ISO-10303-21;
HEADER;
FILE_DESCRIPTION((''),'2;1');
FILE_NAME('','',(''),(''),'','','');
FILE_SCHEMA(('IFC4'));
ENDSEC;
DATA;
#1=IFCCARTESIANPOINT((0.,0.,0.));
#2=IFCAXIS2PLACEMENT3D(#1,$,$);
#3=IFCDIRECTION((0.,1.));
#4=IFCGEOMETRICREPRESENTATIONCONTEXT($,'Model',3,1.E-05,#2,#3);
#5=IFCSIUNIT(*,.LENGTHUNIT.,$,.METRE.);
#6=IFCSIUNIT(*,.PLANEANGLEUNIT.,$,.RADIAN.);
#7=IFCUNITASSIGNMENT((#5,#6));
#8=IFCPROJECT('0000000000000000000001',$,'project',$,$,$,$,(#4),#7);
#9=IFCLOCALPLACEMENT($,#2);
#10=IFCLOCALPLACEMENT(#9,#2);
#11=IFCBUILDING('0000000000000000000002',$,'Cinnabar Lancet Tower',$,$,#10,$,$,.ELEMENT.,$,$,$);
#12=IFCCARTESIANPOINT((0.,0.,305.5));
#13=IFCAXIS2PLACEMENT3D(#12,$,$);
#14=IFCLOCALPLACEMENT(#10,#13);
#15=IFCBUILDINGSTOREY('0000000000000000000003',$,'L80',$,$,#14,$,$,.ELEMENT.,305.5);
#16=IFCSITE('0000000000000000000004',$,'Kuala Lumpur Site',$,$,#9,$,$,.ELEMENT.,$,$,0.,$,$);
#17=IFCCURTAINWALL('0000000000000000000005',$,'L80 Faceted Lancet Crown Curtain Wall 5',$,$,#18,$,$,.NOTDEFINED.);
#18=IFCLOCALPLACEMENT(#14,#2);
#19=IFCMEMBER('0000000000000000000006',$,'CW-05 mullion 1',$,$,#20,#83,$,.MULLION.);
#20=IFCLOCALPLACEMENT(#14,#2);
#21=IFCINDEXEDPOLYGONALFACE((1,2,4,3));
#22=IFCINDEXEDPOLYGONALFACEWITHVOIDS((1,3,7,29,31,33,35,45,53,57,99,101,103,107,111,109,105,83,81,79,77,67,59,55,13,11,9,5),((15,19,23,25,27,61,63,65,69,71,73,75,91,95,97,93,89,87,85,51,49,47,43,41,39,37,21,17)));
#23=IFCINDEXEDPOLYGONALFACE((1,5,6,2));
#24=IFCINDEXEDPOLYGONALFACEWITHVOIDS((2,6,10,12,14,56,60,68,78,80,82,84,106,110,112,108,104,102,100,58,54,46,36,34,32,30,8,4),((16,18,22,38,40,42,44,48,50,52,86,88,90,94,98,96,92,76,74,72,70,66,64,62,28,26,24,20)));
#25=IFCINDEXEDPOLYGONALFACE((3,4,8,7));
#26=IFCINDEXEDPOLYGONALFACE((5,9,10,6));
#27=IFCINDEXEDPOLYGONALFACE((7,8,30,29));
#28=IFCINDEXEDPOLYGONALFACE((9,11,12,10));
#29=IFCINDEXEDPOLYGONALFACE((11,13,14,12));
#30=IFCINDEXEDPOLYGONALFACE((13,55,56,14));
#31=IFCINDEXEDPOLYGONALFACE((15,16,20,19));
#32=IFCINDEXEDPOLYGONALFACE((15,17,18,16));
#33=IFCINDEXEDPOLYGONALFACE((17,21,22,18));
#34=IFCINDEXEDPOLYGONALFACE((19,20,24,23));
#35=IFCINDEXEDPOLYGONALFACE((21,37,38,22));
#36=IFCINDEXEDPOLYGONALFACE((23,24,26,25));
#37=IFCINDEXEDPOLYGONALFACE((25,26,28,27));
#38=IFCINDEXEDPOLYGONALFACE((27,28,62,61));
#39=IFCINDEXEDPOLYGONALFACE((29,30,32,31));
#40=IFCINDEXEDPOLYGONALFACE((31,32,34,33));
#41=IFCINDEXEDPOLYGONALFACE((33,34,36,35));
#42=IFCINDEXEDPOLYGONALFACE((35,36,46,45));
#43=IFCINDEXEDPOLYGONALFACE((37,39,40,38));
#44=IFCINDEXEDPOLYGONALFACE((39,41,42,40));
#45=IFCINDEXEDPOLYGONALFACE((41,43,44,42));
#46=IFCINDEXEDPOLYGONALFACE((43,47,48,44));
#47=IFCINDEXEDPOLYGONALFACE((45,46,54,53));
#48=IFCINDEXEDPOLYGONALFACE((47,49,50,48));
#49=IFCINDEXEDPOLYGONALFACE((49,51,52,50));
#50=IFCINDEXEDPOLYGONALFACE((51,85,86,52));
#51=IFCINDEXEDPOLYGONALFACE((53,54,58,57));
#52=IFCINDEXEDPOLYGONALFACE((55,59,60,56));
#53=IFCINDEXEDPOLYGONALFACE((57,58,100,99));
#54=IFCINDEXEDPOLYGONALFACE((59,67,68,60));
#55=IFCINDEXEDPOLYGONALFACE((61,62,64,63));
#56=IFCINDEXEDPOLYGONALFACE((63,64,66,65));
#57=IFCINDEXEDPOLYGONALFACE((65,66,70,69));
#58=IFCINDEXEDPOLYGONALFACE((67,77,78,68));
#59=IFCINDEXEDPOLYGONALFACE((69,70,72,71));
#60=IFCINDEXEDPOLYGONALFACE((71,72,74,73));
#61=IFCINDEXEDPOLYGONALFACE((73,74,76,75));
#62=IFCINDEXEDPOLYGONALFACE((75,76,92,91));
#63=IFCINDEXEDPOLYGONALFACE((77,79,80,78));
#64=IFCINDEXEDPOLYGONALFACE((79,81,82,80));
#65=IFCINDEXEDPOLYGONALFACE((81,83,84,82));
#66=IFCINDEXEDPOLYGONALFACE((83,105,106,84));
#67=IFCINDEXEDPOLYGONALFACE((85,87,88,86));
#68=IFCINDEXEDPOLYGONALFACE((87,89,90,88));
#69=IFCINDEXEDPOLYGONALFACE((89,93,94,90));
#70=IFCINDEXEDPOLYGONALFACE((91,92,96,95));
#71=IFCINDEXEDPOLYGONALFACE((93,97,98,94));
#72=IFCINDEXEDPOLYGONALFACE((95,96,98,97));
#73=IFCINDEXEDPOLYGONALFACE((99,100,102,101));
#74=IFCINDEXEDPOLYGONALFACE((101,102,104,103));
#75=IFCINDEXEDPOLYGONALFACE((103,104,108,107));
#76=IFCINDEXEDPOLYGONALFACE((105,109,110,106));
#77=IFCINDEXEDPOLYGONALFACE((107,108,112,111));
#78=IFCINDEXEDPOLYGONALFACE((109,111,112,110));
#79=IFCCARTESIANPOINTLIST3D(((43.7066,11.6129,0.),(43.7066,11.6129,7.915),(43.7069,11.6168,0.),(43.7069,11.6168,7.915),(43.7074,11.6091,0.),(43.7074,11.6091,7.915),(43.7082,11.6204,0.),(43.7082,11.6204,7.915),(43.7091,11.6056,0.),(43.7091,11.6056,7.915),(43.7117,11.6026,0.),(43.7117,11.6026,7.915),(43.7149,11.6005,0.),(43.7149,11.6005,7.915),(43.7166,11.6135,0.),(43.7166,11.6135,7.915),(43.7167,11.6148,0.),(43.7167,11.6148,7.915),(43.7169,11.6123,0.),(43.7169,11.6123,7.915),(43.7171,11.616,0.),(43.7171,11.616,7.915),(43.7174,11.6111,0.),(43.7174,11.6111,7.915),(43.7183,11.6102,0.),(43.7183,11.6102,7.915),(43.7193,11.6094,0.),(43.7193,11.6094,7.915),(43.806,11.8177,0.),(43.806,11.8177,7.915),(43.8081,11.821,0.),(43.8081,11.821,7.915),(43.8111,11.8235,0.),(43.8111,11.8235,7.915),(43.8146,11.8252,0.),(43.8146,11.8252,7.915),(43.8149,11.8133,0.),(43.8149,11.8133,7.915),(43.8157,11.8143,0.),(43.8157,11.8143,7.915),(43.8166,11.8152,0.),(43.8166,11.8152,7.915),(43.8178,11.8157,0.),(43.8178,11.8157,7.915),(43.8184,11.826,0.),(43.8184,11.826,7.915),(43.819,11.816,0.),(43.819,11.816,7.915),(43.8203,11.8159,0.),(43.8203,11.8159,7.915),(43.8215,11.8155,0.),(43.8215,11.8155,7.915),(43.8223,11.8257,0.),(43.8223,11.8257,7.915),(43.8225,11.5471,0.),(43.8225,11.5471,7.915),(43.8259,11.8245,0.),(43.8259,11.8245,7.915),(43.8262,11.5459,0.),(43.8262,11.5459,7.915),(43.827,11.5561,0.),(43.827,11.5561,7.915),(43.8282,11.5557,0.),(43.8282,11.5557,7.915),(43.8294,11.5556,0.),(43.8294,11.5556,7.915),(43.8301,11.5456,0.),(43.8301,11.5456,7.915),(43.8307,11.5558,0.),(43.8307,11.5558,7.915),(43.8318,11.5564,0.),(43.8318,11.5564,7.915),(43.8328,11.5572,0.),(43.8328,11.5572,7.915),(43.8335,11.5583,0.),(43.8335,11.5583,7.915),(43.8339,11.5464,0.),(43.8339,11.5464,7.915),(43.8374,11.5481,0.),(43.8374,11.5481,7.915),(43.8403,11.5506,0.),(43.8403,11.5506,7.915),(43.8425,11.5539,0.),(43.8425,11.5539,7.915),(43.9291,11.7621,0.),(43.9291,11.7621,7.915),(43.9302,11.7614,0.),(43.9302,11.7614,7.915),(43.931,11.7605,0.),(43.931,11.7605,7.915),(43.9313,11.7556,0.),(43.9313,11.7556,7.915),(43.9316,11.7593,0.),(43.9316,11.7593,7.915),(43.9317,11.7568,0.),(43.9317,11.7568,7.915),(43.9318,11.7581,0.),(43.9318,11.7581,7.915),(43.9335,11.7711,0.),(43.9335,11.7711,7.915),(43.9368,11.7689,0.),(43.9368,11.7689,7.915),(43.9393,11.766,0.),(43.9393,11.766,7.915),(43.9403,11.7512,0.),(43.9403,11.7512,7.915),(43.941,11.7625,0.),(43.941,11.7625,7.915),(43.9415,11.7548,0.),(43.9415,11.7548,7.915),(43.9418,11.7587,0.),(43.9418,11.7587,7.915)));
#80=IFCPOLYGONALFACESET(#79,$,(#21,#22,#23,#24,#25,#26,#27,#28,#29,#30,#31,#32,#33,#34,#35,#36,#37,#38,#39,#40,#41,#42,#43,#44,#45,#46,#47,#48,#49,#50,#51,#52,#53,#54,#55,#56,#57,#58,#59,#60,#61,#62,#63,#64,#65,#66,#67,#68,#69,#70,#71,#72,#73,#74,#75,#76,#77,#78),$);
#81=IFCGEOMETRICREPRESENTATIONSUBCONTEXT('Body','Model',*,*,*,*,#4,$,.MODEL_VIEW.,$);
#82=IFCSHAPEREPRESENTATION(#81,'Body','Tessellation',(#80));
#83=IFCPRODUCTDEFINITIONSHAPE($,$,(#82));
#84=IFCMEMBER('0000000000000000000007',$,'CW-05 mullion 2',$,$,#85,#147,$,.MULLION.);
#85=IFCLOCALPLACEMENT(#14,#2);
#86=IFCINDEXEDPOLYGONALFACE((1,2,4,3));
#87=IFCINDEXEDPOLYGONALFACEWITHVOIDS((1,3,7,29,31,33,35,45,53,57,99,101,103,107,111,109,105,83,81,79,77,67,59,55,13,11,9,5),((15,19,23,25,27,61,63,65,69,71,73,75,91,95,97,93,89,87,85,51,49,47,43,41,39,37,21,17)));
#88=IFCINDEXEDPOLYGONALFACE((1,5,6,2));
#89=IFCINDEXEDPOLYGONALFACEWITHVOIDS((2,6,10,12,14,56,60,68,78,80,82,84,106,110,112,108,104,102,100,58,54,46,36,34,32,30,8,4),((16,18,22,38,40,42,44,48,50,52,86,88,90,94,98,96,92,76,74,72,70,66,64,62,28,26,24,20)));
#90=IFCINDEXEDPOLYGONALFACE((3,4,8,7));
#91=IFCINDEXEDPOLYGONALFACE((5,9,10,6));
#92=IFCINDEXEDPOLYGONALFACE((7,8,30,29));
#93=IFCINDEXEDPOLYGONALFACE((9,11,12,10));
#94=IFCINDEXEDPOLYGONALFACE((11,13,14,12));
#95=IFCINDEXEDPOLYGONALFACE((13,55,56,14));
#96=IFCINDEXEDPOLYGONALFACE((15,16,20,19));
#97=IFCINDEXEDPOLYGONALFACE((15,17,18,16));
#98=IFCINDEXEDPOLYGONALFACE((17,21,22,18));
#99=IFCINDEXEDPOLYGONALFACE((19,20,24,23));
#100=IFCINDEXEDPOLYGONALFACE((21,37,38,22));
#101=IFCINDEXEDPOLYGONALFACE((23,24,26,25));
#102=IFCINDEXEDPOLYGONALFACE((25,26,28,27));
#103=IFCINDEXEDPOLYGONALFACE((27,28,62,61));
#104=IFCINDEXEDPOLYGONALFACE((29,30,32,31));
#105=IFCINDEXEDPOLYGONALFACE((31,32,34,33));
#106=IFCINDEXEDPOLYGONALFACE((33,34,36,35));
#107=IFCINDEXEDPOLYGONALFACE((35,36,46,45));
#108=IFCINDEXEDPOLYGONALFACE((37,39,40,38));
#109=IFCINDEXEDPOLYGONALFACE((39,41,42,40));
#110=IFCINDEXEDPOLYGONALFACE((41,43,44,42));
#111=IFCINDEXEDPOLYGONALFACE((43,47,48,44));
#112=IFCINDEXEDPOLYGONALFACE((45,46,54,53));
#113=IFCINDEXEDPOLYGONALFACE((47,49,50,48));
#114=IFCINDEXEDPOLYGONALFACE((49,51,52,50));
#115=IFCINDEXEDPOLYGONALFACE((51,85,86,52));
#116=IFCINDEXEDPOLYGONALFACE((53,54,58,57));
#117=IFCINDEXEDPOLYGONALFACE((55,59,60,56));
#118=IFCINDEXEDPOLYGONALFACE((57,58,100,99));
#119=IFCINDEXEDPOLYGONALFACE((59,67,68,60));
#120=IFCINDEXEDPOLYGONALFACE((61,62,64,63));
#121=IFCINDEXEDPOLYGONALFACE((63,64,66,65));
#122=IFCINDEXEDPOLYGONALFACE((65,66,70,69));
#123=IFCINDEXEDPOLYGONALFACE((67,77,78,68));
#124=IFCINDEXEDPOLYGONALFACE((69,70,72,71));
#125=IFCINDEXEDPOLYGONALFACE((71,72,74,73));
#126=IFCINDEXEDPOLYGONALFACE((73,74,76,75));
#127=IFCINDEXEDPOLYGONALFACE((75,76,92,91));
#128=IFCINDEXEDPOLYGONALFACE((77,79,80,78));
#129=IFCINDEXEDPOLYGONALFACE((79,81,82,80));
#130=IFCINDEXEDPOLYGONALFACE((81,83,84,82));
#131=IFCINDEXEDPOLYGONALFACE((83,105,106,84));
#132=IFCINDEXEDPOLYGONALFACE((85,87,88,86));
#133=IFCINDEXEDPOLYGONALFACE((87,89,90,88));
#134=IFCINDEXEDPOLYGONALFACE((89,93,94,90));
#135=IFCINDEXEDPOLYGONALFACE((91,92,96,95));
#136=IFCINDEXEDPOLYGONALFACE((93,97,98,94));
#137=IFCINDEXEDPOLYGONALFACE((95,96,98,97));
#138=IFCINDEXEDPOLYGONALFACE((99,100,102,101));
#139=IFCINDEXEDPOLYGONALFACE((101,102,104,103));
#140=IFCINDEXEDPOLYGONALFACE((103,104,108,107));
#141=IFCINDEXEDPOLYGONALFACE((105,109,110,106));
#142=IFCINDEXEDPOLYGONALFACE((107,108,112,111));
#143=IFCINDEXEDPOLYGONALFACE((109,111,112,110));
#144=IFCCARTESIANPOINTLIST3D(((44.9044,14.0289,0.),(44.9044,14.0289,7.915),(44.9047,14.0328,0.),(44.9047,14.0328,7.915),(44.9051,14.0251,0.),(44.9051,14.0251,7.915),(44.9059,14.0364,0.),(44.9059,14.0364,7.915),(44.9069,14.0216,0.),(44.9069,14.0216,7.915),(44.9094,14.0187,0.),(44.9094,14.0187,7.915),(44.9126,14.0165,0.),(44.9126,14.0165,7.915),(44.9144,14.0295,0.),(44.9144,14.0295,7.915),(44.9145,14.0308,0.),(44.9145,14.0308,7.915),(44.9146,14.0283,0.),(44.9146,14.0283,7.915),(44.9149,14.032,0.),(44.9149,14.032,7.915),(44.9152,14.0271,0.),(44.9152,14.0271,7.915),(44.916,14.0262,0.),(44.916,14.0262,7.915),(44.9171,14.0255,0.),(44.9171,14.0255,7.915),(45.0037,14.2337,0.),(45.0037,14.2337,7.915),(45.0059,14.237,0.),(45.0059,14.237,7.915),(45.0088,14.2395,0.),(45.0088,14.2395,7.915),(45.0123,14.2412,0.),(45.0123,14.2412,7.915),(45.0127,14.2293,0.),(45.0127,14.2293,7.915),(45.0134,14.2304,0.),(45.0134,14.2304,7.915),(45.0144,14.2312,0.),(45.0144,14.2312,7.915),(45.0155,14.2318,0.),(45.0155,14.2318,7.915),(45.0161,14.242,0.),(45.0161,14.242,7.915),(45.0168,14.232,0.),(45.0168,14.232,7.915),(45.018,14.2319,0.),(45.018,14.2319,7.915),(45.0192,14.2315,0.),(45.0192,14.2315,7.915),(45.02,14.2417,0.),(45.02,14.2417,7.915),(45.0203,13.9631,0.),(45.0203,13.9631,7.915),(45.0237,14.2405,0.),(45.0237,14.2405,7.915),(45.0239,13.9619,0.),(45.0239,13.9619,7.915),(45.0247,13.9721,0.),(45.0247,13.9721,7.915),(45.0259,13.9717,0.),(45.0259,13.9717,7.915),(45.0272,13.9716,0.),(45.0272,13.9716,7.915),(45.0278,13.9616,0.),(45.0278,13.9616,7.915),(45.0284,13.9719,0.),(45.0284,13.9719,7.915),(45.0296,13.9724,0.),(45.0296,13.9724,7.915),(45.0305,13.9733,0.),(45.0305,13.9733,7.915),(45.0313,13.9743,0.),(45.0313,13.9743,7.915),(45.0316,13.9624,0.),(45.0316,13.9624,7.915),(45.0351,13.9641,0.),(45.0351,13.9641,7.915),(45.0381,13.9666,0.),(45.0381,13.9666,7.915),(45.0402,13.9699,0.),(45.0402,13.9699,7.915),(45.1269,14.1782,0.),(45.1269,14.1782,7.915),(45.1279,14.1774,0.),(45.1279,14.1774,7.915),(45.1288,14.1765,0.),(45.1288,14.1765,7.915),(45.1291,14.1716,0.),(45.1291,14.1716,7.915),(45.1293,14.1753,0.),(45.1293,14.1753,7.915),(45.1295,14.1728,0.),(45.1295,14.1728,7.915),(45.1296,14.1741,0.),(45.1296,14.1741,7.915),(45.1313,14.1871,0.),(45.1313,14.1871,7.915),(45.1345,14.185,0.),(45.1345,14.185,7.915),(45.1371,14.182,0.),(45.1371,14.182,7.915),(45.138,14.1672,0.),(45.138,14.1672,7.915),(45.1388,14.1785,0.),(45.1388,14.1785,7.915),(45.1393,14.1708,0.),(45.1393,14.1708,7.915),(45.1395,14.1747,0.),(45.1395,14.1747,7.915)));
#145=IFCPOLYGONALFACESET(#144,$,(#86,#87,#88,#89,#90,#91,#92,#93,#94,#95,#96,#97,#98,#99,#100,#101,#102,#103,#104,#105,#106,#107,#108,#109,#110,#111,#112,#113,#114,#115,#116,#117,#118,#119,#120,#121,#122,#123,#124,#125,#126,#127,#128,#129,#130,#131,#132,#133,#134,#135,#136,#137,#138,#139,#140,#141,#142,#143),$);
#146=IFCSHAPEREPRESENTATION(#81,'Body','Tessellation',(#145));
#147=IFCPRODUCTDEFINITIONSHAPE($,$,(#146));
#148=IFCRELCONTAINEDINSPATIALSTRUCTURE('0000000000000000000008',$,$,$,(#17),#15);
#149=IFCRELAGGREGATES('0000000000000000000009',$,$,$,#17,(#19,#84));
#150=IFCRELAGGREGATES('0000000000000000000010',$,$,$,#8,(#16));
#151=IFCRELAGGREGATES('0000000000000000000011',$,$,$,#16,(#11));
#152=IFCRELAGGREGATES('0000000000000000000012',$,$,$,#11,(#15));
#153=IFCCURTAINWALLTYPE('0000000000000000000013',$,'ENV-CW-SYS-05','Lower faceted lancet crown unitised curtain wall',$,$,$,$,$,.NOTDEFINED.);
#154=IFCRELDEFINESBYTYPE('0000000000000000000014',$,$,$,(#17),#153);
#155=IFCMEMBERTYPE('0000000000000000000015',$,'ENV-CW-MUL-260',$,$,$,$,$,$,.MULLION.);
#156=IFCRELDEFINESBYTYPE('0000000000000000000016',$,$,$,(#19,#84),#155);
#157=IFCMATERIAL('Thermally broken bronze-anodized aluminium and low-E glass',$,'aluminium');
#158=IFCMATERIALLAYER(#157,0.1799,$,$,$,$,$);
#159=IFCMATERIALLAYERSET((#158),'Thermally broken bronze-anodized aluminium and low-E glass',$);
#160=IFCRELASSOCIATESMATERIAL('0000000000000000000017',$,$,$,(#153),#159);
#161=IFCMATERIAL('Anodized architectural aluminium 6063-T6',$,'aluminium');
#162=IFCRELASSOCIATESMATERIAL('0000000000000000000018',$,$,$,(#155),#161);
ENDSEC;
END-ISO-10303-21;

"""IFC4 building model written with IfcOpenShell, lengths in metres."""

from ifc_helpers import new_model, si_unit, direction, frame, origin, origin_2d, place, context, subcontext, project, spatial, hollow_rectangle, extrude, material, layer, layer_set, material_profile, profile_set, type_object, element, aggregate, save


model = new_model("IFC4")

# Units and contexts
model_context = context("Model", 3, precision=1e-05, world=origin(), true_north=direction((0.0, 1.0)))
body_context = subcontext(model_context, "Body", "Model", "MODEL_VIEW")
ifc_project = project(units=[si_unit("LENGTHUNIT", "METRE"), si_unit("PLANEANGLEUNIT", "RADIAN")], contexts=[model_context])

# Site, building, storey
site_placement = place(None, origin())
site = spatial("IfcSite", under=ifc_project, at=site_placement, Name="Kuala Lumpur Site", CompositionType="ELEMENT", RefElevation=0.0)
building_placement = place(site_placement, origin())
building = spatial("IfcBuilding", under=site, at=building_placement, Name="Cinnabar Lancet Tower", CompositionType="ELEMENT")
storey_placement = place(building_placement, frame((0.0, 0.0, 305.5)))
storey = spatial("IfcBuildingStorey", under=building, at=storey_placement, Name="L80", CompositionType="ELEMENT", Elevation=305.5)

# Curtain wall, members
ifc_material_1 = material(Name="Thermally broken bronze-anodized aluminium and low-E glass", Category="aluminium")
ifc_layer_1 = layer(ifc_material_1, 0.1799)
ifc_layer_set_1 = layer_set([ifc_layer_1], Name="Thermally broken bronze-anodized aluminium and low-E glass")
curtain_wall_type = type_object("IfcCurtainWallType", Name="ENV-CW-SYS-05", Description="Lower faceted lancet crown unitised curtain wall", PredefinedType="NOTDEFINED", material=ifc_layer_set_1)
curtain_wall_placement = place(storey_placement, origin())
curtain_wall = element("IfcCurtainWall", 1, at=curtain_wall_placement, inside=storey, type_object=curtain_wall_type, Name="L80 Faceted Lancet Crown Curtain Wall 5", PredefinedType="NOTDEFINED")
ifc_material_2 = material(Name="Anodized architectural aluminium 6063-T6", Category="aluminium")
ifc_material_profile_1 = material_profile(ifc_material_2, hollow_rectangle(XDim=0.1499, YDim=0.25, WallThickness=0.01, InnerFilletRadius=0.0049, OuterFilletRadius=0.0149, at=origin_2d()), Name="RHS 250x150x10")
ifc_profile_set_1 = profile_set([ifc_material_profile_1], Name="Anodized architectural aluminium 6063-T6")
member_type_1 = type_object("IfcMemberType", Name="ENV-CW-MUL-260", PredefinedType="MULLION", material=ifc_profile_set_1)
member_1_placement = place(storey_placement, frame((43.8242, 11.6858, 0.0), z_axis=(0.0, 0.0, 1.0), x_axis=(-0.895948, 0.444159, 0.0)))
member_1 = element("IfcMember", 2, at=member_1_placement, type_object=member_type_1, Name="CW-05 mullion 1", PredefinedType="MULLION", context=body_context, shape_type="SweptSolid", body=[
    extrude(hollow_rectangle(XDim=0.1499, YDim=0.25, WallThickness=0.01, InnerFilletRadius=0.0049, OuterFilletRadius=0.0149, at=origin_2d()), origin(), (0.0, 0.0, 1.0), 7.915),
])
member_2_placement = place(storey_placement, frame((45.022, 14.1018, 0.0), z_axis=(0.0, 0.0, 1.0), x_axis=(-0.895948, 0.444159, 0.0)))
member_2 = element("IfcMember", 3, at=member_2_placement, type_object=member_type_1, Name="CW-05 mullion 2", PredefinedType="MULLION", context=body_context, shape_type="SweptSolid", body=[
    extrude(hollow_rectangle(XDim=0.1499, YDim=0.25, WallThickness=0.01, InnerFilletRadius=0.0049, OuterFilletRadius=0.0149, at=origin_2d()), origin(), (0.0, 0.0, 1.0), 7.915),
])
aggregate(curtain_wall, [member_1, member_2])

save(model, "model.ifc")
